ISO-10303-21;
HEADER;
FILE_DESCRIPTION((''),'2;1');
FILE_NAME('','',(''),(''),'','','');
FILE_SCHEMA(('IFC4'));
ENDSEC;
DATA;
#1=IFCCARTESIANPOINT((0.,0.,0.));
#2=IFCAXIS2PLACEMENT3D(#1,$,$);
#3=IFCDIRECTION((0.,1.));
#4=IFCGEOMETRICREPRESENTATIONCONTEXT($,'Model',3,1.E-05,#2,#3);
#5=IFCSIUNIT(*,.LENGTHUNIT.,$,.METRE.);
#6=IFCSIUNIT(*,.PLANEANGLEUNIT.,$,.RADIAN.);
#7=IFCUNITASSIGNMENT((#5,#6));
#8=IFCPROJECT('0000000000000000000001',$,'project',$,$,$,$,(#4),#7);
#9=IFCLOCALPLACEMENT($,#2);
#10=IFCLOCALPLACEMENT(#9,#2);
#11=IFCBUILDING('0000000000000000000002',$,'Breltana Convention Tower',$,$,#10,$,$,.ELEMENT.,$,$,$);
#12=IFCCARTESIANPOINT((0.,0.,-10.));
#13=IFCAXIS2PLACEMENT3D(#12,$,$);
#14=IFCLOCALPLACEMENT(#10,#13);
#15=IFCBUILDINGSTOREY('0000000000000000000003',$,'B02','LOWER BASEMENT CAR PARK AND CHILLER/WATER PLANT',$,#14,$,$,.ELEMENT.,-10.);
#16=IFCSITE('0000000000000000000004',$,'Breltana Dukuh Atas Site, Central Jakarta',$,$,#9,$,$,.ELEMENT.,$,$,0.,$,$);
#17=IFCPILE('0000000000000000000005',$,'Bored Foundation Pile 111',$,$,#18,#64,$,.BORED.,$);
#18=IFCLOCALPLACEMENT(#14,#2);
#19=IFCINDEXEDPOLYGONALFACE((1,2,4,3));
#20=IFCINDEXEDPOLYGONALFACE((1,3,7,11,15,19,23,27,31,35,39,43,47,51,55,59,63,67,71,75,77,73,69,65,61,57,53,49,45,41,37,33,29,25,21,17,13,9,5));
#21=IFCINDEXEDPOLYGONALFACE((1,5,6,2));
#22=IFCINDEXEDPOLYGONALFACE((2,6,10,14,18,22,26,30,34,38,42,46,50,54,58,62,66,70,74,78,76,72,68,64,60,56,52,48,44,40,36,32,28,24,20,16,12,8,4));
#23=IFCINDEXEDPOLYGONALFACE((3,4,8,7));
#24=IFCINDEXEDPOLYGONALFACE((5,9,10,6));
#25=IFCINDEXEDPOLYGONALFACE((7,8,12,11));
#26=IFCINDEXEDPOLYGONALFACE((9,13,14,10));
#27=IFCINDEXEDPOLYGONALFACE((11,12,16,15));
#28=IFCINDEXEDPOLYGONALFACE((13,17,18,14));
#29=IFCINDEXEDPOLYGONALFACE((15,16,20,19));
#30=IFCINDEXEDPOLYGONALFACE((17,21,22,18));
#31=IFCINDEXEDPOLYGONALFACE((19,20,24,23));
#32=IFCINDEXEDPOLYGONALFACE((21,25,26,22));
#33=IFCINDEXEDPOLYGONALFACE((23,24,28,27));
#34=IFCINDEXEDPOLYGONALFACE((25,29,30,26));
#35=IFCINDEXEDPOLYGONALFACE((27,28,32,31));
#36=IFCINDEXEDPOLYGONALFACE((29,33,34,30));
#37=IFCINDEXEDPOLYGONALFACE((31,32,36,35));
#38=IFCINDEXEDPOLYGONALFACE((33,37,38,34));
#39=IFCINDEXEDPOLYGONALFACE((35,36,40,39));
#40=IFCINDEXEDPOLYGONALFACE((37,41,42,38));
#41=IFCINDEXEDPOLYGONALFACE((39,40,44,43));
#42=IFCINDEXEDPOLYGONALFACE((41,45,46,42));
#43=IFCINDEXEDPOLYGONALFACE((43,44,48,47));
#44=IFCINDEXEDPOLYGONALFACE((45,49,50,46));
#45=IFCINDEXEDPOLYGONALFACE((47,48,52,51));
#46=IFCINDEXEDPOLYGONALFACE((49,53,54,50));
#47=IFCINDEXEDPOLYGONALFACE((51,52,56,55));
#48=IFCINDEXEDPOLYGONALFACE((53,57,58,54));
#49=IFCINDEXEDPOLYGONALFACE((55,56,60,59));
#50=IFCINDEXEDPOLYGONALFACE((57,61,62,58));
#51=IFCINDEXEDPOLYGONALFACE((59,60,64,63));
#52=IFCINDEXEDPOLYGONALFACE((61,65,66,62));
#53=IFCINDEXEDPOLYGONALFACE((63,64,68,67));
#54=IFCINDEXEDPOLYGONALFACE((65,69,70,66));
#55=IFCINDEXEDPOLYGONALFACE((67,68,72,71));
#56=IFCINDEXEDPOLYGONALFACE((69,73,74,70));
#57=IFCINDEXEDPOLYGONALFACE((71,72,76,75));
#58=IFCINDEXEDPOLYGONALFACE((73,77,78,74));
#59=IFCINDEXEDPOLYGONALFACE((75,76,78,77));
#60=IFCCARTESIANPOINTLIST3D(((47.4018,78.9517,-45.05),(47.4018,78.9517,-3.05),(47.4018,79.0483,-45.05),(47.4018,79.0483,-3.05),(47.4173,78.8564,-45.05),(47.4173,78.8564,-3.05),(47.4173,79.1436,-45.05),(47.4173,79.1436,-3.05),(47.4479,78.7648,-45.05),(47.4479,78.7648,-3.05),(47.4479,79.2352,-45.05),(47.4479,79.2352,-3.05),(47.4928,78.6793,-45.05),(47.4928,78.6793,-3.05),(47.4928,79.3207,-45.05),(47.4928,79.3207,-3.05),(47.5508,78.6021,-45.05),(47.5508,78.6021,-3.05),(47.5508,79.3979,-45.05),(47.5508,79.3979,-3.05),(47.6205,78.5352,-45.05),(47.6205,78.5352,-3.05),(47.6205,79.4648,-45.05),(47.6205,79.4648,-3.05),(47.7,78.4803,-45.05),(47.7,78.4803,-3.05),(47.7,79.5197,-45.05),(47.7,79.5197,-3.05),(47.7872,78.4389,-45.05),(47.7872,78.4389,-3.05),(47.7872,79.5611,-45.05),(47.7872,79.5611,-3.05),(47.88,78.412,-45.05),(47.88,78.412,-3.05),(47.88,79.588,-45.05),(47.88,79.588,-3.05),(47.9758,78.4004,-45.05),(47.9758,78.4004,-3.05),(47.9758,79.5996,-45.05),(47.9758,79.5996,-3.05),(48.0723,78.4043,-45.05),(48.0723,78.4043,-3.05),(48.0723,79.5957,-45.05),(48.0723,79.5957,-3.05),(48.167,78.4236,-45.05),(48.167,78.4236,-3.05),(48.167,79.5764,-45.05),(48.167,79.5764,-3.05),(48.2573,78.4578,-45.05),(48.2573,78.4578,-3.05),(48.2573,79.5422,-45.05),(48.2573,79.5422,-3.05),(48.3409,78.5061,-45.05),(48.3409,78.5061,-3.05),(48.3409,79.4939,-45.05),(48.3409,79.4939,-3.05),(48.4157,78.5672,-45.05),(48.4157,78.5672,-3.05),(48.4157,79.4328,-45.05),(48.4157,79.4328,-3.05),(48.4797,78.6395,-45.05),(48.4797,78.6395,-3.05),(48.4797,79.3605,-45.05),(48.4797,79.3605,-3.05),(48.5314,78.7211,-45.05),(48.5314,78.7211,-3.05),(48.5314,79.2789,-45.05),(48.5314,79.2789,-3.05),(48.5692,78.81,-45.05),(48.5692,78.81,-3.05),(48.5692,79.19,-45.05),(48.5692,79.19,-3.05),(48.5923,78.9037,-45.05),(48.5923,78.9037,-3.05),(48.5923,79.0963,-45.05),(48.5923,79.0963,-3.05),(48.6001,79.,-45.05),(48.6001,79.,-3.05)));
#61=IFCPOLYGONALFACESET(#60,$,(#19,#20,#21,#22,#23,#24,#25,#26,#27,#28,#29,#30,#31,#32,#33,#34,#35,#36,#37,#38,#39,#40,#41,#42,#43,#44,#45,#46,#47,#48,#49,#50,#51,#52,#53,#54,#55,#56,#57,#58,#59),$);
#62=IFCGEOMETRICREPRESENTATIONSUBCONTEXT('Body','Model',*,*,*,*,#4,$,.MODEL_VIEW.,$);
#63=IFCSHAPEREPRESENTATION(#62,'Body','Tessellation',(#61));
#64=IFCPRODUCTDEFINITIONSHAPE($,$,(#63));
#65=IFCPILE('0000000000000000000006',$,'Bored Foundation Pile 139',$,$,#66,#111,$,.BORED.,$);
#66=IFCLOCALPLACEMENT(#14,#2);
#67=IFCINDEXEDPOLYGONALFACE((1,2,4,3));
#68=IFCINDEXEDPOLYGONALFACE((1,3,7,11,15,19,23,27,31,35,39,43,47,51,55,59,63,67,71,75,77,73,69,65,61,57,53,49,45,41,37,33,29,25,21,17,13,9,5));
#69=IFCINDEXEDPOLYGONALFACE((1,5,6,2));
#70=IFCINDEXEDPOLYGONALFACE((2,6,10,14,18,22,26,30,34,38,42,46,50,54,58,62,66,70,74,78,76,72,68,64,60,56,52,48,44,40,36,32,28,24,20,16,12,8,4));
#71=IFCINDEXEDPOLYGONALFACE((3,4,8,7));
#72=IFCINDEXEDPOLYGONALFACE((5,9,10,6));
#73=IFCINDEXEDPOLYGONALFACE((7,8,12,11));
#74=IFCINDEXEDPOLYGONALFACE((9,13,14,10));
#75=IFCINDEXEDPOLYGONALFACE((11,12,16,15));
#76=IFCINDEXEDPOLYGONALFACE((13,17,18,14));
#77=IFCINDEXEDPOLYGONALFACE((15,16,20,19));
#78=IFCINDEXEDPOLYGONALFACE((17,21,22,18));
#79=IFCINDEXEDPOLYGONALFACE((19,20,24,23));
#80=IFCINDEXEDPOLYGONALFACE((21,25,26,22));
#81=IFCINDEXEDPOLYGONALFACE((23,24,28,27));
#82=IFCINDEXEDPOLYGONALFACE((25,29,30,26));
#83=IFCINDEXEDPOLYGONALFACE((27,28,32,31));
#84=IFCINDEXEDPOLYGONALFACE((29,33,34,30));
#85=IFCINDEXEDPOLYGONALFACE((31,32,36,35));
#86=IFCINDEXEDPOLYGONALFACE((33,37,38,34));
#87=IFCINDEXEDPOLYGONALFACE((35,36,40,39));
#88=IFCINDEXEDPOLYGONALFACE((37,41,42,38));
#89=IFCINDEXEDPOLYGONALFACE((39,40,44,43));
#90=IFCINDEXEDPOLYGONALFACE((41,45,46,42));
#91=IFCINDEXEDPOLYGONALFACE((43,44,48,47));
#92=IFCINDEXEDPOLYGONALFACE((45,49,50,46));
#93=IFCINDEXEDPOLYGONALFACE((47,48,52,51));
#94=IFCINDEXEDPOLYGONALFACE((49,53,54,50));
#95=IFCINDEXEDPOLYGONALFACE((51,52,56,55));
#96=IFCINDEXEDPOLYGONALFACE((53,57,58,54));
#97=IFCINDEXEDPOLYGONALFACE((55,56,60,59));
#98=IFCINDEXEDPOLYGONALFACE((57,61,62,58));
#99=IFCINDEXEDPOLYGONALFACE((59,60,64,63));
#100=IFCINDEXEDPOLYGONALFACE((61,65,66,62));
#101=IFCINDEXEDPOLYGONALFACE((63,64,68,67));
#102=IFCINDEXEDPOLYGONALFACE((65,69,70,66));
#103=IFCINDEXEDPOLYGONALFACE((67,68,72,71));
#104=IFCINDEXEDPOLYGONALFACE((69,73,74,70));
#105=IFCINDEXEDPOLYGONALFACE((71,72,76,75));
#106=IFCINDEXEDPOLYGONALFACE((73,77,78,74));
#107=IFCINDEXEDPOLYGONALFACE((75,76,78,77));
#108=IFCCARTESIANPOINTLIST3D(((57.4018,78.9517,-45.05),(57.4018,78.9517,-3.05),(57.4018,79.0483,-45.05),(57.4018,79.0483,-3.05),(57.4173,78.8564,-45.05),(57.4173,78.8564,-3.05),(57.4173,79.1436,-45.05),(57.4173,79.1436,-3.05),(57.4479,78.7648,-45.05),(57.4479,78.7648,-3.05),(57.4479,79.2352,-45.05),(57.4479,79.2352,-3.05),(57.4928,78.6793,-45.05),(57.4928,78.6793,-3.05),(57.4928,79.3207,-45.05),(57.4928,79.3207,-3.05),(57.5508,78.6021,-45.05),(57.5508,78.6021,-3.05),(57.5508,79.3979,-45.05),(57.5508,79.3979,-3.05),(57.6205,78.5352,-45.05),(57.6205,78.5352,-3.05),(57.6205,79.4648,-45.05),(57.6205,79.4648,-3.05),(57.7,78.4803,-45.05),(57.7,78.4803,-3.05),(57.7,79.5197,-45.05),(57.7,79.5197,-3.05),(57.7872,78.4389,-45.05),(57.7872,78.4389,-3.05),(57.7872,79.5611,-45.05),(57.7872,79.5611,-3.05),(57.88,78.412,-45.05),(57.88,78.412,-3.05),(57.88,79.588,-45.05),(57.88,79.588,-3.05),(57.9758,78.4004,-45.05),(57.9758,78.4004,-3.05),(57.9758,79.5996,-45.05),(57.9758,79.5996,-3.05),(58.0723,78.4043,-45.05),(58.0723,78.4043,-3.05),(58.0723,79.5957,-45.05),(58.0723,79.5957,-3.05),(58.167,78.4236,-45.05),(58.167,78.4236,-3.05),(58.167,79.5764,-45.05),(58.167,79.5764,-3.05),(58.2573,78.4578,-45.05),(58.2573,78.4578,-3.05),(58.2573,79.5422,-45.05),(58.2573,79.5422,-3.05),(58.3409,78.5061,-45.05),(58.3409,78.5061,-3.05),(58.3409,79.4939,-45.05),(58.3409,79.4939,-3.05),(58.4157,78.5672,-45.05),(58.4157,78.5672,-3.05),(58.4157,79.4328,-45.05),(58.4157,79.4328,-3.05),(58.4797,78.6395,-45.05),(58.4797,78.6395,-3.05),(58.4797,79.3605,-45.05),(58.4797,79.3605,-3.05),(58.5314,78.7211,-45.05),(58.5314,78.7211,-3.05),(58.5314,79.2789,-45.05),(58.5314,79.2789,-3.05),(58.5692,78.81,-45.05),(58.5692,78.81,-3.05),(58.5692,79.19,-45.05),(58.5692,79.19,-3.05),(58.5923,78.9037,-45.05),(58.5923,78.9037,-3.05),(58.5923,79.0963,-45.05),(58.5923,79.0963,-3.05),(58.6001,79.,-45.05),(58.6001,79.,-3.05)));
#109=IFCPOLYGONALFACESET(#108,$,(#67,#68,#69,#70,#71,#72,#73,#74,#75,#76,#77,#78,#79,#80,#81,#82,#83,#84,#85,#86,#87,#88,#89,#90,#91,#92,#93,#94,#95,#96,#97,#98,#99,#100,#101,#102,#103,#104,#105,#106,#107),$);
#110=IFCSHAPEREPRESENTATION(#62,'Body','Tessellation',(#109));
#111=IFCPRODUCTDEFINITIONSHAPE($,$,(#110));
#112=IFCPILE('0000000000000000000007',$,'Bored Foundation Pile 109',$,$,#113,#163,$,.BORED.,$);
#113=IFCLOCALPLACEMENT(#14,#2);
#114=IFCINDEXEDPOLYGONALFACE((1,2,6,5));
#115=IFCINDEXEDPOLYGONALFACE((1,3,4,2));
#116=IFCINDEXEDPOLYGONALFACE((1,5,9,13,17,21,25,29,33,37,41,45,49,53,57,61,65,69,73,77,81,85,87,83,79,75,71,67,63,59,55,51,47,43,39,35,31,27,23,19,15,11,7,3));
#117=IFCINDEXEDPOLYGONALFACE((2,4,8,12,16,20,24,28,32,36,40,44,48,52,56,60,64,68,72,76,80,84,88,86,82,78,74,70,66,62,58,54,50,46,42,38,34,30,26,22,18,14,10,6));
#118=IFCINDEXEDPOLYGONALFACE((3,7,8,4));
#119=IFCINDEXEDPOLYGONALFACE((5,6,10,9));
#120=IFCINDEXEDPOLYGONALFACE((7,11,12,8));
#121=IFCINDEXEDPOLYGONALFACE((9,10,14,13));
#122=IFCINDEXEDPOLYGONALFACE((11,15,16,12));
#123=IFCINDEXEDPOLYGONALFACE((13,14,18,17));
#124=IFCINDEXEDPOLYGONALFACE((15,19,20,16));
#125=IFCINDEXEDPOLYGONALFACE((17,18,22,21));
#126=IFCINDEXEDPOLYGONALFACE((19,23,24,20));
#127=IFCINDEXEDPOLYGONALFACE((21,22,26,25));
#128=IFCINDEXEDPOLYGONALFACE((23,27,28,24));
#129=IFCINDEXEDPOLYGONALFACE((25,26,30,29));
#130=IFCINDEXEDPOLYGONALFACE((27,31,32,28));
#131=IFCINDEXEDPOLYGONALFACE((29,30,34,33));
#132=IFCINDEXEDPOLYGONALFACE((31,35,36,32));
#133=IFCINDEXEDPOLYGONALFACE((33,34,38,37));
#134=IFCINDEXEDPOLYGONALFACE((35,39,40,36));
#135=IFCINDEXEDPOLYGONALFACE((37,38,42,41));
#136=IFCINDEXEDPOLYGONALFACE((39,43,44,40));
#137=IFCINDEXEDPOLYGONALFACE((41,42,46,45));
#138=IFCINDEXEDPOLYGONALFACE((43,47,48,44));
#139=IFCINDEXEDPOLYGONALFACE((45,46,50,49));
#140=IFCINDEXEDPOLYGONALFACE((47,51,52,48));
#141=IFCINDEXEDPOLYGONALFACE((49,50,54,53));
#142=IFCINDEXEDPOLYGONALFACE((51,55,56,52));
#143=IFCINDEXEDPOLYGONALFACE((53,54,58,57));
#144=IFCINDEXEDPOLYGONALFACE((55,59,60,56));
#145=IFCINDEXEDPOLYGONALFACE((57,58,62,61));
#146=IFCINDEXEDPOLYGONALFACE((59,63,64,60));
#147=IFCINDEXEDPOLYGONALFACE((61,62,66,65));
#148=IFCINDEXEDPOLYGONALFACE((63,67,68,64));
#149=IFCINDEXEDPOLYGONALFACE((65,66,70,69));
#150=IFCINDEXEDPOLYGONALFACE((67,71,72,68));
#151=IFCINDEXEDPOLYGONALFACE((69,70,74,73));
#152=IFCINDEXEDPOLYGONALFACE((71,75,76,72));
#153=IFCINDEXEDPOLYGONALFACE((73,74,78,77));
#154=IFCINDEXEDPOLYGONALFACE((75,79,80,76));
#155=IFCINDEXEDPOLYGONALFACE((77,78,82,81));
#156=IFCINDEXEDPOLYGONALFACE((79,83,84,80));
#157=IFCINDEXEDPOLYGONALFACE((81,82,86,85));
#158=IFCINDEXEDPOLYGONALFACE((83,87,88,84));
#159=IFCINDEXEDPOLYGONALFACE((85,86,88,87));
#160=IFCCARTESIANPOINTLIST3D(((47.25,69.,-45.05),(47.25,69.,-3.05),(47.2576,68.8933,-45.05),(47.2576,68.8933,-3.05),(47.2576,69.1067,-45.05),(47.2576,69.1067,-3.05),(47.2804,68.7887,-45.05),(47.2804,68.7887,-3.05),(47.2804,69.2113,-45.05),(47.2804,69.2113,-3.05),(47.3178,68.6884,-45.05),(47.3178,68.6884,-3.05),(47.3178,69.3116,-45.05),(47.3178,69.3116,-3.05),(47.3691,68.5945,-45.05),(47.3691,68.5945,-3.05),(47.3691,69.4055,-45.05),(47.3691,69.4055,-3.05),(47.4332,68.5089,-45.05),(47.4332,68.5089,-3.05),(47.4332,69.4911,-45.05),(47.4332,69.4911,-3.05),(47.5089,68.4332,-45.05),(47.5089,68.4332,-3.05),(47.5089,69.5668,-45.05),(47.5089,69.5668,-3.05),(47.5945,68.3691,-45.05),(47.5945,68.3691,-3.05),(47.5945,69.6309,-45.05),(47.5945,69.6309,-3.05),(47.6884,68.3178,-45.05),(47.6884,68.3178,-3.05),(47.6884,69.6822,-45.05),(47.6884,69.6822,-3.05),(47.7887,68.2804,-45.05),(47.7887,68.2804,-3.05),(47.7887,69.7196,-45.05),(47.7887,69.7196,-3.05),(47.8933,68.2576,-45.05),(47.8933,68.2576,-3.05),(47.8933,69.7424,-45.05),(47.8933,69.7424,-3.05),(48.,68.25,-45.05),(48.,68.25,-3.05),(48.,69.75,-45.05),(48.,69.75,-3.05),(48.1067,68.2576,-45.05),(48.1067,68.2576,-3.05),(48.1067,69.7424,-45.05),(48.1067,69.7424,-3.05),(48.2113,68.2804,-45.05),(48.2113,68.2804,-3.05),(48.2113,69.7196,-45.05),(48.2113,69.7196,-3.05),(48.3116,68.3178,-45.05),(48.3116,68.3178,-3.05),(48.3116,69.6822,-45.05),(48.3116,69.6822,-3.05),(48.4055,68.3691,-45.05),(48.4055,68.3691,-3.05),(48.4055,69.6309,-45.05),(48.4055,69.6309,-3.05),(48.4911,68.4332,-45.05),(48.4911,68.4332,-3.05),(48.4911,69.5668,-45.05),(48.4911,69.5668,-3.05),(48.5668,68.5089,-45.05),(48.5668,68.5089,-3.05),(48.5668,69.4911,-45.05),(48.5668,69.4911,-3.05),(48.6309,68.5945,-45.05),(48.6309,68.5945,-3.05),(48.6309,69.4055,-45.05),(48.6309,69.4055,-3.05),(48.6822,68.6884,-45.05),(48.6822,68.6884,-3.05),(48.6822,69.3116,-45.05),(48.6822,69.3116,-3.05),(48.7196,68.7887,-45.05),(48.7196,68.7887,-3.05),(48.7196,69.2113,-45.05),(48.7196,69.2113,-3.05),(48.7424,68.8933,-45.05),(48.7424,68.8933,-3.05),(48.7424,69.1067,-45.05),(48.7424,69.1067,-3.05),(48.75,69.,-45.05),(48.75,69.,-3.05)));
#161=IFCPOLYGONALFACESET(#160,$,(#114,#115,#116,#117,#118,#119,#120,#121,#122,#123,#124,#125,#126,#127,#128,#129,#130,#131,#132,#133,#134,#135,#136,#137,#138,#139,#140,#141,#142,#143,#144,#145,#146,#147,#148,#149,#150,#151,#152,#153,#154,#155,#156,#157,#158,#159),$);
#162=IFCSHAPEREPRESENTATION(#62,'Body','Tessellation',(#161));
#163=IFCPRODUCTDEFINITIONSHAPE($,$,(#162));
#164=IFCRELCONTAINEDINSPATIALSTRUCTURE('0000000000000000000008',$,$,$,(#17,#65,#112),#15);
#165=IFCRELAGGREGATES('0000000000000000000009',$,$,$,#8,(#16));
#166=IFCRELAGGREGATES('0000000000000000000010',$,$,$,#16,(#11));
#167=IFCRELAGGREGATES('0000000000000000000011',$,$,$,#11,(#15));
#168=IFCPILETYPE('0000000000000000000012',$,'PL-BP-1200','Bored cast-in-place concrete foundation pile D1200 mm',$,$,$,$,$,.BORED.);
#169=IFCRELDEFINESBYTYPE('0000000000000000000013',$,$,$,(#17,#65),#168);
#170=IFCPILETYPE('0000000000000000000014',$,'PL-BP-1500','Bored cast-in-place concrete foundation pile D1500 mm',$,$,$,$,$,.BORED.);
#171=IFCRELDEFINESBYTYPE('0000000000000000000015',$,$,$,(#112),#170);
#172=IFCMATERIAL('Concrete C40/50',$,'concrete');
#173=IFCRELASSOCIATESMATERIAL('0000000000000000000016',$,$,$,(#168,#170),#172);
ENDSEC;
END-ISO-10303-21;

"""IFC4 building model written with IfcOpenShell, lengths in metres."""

from ifc_helpers import new_model, si_unit, direction, frame, origin, origin_2d, place, context, subcontext, project, spatial, circle, extrude, source, transform, mapped, material, material_profile, profile_set, type_object, type_shapes, element, save


model = new_model("IFC4")

# Units and contexts
model_context = context("Model", 3, precision=1e-05, world=origin(), true_north=direction((0.0, 1.0)))
body_context = subcontext(model_context, "Body", "Model", "MODEL_VIEW")
ifc_project = project(units=[si_unit("LENGTHUNIT", "METRE"), si_unit("PLANEANGLEUNIT", "RADIAN")], contexts=[model_context])

# Site, building, storey
site_placement = place(None, origin())
site = spatial("IfcSite", under=ifc_project, at=site_placement, Name="Breltana Dukuh Atas Site, Central Jakarta", CompositionType="ELEMENT", RefElevation=0.0)
building_placement = place(site_placement, origin())
building = spatial("IfcBuilding", under=site, at=building_placement, Name="Breltana Convention Tower", CompositionType="ELEMENT")
storey_placement = place(building_placement, frame((0.0, 0.0, -10.0)))
storey = spatial("IfcBuildingStorey", under=building, at=storey_placement, Name="B02", Description="LOWER BASEMENT CAR PARK AND CHILLER/WATER PLANT", CompositionType="ELEMENT", Elevation=-10.0)

# Piles
ifc_material_1 = material(Name="Concrete C40/50", Category="concrete")
ifc_material_profile_1 = material_profile(ifc_material_1, circle(Radius=0.6001, at=origin_2d()), Name="BP-D1200")
ifc_profile_set_1 = profile_set([ifc_material_profile_1], Name="Concrete C40/50")
pile_type_1 = type_object("IfcPileType", Name="PL-BP-1200", Description="Bored cast-in-place concrete foundation pile D1200 mm", PredefinedType="BORED", material=ifc_profile_set_1)
shared_shape_1 = source(origin(), body_context, "Body", "SweptSolid", [
    extrude(circle(Radius=0.6001, at=origin_2d()), origin(), (0.0, 0.0, 1.0), 42.0),
])
type_shapes(pile_type_1, [shared_shape_1])
for number, where, z_axis, x_axis, name in (
    (1, (48.0, 79.0, -3.05), (0.0, 0.0, -1.0), (1.0, 0.0, 0.0), "Bored Foundation Pile 111"),
    (2, (58.0, 79.0, -3.05), (0.0, 0.0, -1.0), (1.0, 0.0, 0.0), "Bored Foundation Pile 139"),
):
    element("IfcPile", number, at=place(storey_placement, frame(where, z_axis=z_axis, x_axis=x_axis)), inside=storey, type_object=pile_type_1, Name=name, PredefinedType="BORED", context=body_context, shape_type="MappedRepresentation", body=[
        mapped(shared_shape_1, transform((0.0, 0.0, 0.0), scale=1.0)),
    ])
ifc_material_profile_2 = material_profile(ifc_material_1, circle(Radius=0.75, at=origin_2d()), Name="BP-D1500")
ifc_profile_set_2 = profile_set([ifc_material_profile_2], Name="Concrete C40/50")
pile_type_2 = type_object("IfcPileType", Name="PL-BP-1500", Description="Bored cast-in-place concrete foundation pile D1500 mm", PredefinedType="BORED", material=ifc_profile_set_2)
shared_shape_2 = source(origin(), body_context, "Body", "SweptSolid", [
    extrude(circle(Radius=0.75, at=origin_2d()), origin(), (0.0, 0.0, 1.0), 42.0),
])
type_shapes(pile_type_2, [shared_shape_2])
for number, where, z_axis, x_axis, name in (
    (3, (48.0, 69.0, -3.05), (0.0, 0.0, -1.0), (1.0, 0.0, 0.0), "Bored Foundation Pile 109"),
):
    element("IfcPile", number, at=place(storey_placement, frame(where, z_axis=z_axis, x_axis=x_axis)), inside=storey, type_object=pile_type_2, Name=name, PredefinedType="BORED", context=body_context, shape_type="MappedRepresentation", body=[
        mapped(shared_shape_2, transform((0.0, 0.0, 0.0), scale=1.0)),
    ])

save(model, "model.ifc")
